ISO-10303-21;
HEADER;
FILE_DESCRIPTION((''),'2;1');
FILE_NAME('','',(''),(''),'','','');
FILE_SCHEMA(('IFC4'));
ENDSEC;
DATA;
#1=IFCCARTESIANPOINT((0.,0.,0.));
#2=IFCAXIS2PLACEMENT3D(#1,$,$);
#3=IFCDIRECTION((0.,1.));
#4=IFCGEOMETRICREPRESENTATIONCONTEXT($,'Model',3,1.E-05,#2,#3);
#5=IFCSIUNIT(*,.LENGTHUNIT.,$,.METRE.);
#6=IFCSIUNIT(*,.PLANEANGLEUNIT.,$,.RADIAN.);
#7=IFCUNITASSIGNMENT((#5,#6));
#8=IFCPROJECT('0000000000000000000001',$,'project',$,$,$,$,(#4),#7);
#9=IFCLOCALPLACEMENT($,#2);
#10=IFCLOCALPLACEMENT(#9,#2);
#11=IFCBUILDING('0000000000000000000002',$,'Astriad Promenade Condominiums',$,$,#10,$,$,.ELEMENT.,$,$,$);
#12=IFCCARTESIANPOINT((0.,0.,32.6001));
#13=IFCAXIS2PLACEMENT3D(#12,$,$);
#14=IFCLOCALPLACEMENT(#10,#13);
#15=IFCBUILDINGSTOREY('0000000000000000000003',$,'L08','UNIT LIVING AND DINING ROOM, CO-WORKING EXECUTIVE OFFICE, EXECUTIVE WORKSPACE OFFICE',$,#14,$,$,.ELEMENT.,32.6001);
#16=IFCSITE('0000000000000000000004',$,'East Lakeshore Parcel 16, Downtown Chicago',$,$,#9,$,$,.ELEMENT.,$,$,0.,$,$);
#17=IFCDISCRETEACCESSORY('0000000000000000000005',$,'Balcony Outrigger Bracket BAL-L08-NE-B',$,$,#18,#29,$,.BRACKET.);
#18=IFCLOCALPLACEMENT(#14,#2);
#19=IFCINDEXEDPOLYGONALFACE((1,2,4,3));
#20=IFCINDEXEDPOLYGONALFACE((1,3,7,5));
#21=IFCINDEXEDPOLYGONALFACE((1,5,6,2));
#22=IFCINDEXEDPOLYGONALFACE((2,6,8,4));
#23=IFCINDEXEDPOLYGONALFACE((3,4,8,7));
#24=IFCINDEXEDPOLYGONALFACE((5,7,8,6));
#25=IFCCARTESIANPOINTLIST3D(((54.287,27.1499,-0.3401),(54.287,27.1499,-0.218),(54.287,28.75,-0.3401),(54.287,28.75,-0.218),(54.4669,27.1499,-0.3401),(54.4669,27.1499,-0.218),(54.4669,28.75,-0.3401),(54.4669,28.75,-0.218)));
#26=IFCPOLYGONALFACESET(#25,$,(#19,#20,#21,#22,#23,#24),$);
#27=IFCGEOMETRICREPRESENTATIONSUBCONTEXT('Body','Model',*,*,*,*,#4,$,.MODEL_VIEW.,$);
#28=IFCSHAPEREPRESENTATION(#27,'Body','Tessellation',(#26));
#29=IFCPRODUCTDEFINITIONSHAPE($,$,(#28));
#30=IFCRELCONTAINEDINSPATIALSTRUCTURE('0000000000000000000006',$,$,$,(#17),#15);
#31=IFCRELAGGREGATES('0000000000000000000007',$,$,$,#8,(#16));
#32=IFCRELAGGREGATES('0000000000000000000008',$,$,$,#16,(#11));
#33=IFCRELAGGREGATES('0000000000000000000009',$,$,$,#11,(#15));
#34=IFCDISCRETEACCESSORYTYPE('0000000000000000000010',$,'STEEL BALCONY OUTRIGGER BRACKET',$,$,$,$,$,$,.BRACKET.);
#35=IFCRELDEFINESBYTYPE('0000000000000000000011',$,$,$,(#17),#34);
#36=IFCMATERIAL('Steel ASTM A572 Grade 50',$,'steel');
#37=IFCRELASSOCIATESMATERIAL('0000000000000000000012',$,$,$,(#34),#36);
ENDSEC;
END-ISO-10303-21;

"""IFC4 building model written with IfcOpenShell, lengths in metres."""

from ifc_helpers import new_model, si_unit, direction, frame, origin, origin_2d, place, context, subcontext, project, spatial, rectangle, extrude, source, transform, mapped, material, type_object, type_shapes, element, save


model = new_model("IFC4")

# Units and contexts
model_context = context("Model", 3, precision=1e-05, world=origin(), true_north=direction((0.0, 1.0)))
body_context = subcontext(model_context, "Body", "Model", "MODEL_VIEW")
ifc_project = project(units=[si_unit("LENGTHUNIT", "METRE"), si_unit("PLANEANGLEUNIT", "RADIAN")], contexts=[model_context])

# Site, building, storey
site_placement = place(None, origin())
site = spatial("IfcSite", under=ifc_project, at=site_placement, Name="East Lakeshore Parcel 16, Downtown Chicago", CompositionType="ELEMENT", RefElevation=0.0)
building_placement = place(site_placement, origin())
building = spatial("IfcBuilding", under=site, at=building_placement, Name="Astriad Promenade Condominiums", CompositionType="ELEMENT")
storey_placement = place(building_placement, frame((0.0, 0.0, 32.6001)))
storey = spatial("IfcBuildingStorey", under=building, at=storey_placement, Name="L08", Description="UNIT LIVING AND DINING ROOM, CO-WORKING EXECUTIVE OFFICE, EXECUTIVE WORKSPACE OFFICE", CompositionType="ELEMENT", Elevation=32.6001)

# Discrete accessory
ifc_material_1 = material(Name="Steel ASTM A572 Grade 50", Category="steel")
discrete_accessory_type = type_object("IfcDiscreteAccessoryType", Name="STEEL BALCONY OUTRIGGER BRACKET", PredefinedType="BRACKET", material=ifc_material_1)
shared_shape_1 = source(origin(), body_context, "Body", "SweptSolid", [
    extrude(rectangle(XDim=1.6001, YDim=0.1799, at=origin_2d()), origin(), (0.0, 0.0, 1.0), 0.1221),
])
type_shapes(discrete_accessory_type, [shared_shape_1])
for number, where, z_axis, x_axis, name in (
    (1, (54.377, 27.95, -0.3401), (0.0, 0.0, 1.0), (0.0, 1.0, 0.0), "Balcony Outrigger Bracket BAL-L08-NE-B"),
):
    element("IfcDiscreteAccessory", number, at=place(storey_placement, frame(where, z_axis=z_axis, x_axis=x_axis)), inside=storey, type_object=discrete_accessory_type, Name=name, PredefinedType="BRACKET", context=body_context, shape_type="MappedRepresentation", body=[
        mapped(shared_shape_1, transform((0.0, 0.0, 0.0), scale=1.0)),
    ])

save(model, "model.ifc")
